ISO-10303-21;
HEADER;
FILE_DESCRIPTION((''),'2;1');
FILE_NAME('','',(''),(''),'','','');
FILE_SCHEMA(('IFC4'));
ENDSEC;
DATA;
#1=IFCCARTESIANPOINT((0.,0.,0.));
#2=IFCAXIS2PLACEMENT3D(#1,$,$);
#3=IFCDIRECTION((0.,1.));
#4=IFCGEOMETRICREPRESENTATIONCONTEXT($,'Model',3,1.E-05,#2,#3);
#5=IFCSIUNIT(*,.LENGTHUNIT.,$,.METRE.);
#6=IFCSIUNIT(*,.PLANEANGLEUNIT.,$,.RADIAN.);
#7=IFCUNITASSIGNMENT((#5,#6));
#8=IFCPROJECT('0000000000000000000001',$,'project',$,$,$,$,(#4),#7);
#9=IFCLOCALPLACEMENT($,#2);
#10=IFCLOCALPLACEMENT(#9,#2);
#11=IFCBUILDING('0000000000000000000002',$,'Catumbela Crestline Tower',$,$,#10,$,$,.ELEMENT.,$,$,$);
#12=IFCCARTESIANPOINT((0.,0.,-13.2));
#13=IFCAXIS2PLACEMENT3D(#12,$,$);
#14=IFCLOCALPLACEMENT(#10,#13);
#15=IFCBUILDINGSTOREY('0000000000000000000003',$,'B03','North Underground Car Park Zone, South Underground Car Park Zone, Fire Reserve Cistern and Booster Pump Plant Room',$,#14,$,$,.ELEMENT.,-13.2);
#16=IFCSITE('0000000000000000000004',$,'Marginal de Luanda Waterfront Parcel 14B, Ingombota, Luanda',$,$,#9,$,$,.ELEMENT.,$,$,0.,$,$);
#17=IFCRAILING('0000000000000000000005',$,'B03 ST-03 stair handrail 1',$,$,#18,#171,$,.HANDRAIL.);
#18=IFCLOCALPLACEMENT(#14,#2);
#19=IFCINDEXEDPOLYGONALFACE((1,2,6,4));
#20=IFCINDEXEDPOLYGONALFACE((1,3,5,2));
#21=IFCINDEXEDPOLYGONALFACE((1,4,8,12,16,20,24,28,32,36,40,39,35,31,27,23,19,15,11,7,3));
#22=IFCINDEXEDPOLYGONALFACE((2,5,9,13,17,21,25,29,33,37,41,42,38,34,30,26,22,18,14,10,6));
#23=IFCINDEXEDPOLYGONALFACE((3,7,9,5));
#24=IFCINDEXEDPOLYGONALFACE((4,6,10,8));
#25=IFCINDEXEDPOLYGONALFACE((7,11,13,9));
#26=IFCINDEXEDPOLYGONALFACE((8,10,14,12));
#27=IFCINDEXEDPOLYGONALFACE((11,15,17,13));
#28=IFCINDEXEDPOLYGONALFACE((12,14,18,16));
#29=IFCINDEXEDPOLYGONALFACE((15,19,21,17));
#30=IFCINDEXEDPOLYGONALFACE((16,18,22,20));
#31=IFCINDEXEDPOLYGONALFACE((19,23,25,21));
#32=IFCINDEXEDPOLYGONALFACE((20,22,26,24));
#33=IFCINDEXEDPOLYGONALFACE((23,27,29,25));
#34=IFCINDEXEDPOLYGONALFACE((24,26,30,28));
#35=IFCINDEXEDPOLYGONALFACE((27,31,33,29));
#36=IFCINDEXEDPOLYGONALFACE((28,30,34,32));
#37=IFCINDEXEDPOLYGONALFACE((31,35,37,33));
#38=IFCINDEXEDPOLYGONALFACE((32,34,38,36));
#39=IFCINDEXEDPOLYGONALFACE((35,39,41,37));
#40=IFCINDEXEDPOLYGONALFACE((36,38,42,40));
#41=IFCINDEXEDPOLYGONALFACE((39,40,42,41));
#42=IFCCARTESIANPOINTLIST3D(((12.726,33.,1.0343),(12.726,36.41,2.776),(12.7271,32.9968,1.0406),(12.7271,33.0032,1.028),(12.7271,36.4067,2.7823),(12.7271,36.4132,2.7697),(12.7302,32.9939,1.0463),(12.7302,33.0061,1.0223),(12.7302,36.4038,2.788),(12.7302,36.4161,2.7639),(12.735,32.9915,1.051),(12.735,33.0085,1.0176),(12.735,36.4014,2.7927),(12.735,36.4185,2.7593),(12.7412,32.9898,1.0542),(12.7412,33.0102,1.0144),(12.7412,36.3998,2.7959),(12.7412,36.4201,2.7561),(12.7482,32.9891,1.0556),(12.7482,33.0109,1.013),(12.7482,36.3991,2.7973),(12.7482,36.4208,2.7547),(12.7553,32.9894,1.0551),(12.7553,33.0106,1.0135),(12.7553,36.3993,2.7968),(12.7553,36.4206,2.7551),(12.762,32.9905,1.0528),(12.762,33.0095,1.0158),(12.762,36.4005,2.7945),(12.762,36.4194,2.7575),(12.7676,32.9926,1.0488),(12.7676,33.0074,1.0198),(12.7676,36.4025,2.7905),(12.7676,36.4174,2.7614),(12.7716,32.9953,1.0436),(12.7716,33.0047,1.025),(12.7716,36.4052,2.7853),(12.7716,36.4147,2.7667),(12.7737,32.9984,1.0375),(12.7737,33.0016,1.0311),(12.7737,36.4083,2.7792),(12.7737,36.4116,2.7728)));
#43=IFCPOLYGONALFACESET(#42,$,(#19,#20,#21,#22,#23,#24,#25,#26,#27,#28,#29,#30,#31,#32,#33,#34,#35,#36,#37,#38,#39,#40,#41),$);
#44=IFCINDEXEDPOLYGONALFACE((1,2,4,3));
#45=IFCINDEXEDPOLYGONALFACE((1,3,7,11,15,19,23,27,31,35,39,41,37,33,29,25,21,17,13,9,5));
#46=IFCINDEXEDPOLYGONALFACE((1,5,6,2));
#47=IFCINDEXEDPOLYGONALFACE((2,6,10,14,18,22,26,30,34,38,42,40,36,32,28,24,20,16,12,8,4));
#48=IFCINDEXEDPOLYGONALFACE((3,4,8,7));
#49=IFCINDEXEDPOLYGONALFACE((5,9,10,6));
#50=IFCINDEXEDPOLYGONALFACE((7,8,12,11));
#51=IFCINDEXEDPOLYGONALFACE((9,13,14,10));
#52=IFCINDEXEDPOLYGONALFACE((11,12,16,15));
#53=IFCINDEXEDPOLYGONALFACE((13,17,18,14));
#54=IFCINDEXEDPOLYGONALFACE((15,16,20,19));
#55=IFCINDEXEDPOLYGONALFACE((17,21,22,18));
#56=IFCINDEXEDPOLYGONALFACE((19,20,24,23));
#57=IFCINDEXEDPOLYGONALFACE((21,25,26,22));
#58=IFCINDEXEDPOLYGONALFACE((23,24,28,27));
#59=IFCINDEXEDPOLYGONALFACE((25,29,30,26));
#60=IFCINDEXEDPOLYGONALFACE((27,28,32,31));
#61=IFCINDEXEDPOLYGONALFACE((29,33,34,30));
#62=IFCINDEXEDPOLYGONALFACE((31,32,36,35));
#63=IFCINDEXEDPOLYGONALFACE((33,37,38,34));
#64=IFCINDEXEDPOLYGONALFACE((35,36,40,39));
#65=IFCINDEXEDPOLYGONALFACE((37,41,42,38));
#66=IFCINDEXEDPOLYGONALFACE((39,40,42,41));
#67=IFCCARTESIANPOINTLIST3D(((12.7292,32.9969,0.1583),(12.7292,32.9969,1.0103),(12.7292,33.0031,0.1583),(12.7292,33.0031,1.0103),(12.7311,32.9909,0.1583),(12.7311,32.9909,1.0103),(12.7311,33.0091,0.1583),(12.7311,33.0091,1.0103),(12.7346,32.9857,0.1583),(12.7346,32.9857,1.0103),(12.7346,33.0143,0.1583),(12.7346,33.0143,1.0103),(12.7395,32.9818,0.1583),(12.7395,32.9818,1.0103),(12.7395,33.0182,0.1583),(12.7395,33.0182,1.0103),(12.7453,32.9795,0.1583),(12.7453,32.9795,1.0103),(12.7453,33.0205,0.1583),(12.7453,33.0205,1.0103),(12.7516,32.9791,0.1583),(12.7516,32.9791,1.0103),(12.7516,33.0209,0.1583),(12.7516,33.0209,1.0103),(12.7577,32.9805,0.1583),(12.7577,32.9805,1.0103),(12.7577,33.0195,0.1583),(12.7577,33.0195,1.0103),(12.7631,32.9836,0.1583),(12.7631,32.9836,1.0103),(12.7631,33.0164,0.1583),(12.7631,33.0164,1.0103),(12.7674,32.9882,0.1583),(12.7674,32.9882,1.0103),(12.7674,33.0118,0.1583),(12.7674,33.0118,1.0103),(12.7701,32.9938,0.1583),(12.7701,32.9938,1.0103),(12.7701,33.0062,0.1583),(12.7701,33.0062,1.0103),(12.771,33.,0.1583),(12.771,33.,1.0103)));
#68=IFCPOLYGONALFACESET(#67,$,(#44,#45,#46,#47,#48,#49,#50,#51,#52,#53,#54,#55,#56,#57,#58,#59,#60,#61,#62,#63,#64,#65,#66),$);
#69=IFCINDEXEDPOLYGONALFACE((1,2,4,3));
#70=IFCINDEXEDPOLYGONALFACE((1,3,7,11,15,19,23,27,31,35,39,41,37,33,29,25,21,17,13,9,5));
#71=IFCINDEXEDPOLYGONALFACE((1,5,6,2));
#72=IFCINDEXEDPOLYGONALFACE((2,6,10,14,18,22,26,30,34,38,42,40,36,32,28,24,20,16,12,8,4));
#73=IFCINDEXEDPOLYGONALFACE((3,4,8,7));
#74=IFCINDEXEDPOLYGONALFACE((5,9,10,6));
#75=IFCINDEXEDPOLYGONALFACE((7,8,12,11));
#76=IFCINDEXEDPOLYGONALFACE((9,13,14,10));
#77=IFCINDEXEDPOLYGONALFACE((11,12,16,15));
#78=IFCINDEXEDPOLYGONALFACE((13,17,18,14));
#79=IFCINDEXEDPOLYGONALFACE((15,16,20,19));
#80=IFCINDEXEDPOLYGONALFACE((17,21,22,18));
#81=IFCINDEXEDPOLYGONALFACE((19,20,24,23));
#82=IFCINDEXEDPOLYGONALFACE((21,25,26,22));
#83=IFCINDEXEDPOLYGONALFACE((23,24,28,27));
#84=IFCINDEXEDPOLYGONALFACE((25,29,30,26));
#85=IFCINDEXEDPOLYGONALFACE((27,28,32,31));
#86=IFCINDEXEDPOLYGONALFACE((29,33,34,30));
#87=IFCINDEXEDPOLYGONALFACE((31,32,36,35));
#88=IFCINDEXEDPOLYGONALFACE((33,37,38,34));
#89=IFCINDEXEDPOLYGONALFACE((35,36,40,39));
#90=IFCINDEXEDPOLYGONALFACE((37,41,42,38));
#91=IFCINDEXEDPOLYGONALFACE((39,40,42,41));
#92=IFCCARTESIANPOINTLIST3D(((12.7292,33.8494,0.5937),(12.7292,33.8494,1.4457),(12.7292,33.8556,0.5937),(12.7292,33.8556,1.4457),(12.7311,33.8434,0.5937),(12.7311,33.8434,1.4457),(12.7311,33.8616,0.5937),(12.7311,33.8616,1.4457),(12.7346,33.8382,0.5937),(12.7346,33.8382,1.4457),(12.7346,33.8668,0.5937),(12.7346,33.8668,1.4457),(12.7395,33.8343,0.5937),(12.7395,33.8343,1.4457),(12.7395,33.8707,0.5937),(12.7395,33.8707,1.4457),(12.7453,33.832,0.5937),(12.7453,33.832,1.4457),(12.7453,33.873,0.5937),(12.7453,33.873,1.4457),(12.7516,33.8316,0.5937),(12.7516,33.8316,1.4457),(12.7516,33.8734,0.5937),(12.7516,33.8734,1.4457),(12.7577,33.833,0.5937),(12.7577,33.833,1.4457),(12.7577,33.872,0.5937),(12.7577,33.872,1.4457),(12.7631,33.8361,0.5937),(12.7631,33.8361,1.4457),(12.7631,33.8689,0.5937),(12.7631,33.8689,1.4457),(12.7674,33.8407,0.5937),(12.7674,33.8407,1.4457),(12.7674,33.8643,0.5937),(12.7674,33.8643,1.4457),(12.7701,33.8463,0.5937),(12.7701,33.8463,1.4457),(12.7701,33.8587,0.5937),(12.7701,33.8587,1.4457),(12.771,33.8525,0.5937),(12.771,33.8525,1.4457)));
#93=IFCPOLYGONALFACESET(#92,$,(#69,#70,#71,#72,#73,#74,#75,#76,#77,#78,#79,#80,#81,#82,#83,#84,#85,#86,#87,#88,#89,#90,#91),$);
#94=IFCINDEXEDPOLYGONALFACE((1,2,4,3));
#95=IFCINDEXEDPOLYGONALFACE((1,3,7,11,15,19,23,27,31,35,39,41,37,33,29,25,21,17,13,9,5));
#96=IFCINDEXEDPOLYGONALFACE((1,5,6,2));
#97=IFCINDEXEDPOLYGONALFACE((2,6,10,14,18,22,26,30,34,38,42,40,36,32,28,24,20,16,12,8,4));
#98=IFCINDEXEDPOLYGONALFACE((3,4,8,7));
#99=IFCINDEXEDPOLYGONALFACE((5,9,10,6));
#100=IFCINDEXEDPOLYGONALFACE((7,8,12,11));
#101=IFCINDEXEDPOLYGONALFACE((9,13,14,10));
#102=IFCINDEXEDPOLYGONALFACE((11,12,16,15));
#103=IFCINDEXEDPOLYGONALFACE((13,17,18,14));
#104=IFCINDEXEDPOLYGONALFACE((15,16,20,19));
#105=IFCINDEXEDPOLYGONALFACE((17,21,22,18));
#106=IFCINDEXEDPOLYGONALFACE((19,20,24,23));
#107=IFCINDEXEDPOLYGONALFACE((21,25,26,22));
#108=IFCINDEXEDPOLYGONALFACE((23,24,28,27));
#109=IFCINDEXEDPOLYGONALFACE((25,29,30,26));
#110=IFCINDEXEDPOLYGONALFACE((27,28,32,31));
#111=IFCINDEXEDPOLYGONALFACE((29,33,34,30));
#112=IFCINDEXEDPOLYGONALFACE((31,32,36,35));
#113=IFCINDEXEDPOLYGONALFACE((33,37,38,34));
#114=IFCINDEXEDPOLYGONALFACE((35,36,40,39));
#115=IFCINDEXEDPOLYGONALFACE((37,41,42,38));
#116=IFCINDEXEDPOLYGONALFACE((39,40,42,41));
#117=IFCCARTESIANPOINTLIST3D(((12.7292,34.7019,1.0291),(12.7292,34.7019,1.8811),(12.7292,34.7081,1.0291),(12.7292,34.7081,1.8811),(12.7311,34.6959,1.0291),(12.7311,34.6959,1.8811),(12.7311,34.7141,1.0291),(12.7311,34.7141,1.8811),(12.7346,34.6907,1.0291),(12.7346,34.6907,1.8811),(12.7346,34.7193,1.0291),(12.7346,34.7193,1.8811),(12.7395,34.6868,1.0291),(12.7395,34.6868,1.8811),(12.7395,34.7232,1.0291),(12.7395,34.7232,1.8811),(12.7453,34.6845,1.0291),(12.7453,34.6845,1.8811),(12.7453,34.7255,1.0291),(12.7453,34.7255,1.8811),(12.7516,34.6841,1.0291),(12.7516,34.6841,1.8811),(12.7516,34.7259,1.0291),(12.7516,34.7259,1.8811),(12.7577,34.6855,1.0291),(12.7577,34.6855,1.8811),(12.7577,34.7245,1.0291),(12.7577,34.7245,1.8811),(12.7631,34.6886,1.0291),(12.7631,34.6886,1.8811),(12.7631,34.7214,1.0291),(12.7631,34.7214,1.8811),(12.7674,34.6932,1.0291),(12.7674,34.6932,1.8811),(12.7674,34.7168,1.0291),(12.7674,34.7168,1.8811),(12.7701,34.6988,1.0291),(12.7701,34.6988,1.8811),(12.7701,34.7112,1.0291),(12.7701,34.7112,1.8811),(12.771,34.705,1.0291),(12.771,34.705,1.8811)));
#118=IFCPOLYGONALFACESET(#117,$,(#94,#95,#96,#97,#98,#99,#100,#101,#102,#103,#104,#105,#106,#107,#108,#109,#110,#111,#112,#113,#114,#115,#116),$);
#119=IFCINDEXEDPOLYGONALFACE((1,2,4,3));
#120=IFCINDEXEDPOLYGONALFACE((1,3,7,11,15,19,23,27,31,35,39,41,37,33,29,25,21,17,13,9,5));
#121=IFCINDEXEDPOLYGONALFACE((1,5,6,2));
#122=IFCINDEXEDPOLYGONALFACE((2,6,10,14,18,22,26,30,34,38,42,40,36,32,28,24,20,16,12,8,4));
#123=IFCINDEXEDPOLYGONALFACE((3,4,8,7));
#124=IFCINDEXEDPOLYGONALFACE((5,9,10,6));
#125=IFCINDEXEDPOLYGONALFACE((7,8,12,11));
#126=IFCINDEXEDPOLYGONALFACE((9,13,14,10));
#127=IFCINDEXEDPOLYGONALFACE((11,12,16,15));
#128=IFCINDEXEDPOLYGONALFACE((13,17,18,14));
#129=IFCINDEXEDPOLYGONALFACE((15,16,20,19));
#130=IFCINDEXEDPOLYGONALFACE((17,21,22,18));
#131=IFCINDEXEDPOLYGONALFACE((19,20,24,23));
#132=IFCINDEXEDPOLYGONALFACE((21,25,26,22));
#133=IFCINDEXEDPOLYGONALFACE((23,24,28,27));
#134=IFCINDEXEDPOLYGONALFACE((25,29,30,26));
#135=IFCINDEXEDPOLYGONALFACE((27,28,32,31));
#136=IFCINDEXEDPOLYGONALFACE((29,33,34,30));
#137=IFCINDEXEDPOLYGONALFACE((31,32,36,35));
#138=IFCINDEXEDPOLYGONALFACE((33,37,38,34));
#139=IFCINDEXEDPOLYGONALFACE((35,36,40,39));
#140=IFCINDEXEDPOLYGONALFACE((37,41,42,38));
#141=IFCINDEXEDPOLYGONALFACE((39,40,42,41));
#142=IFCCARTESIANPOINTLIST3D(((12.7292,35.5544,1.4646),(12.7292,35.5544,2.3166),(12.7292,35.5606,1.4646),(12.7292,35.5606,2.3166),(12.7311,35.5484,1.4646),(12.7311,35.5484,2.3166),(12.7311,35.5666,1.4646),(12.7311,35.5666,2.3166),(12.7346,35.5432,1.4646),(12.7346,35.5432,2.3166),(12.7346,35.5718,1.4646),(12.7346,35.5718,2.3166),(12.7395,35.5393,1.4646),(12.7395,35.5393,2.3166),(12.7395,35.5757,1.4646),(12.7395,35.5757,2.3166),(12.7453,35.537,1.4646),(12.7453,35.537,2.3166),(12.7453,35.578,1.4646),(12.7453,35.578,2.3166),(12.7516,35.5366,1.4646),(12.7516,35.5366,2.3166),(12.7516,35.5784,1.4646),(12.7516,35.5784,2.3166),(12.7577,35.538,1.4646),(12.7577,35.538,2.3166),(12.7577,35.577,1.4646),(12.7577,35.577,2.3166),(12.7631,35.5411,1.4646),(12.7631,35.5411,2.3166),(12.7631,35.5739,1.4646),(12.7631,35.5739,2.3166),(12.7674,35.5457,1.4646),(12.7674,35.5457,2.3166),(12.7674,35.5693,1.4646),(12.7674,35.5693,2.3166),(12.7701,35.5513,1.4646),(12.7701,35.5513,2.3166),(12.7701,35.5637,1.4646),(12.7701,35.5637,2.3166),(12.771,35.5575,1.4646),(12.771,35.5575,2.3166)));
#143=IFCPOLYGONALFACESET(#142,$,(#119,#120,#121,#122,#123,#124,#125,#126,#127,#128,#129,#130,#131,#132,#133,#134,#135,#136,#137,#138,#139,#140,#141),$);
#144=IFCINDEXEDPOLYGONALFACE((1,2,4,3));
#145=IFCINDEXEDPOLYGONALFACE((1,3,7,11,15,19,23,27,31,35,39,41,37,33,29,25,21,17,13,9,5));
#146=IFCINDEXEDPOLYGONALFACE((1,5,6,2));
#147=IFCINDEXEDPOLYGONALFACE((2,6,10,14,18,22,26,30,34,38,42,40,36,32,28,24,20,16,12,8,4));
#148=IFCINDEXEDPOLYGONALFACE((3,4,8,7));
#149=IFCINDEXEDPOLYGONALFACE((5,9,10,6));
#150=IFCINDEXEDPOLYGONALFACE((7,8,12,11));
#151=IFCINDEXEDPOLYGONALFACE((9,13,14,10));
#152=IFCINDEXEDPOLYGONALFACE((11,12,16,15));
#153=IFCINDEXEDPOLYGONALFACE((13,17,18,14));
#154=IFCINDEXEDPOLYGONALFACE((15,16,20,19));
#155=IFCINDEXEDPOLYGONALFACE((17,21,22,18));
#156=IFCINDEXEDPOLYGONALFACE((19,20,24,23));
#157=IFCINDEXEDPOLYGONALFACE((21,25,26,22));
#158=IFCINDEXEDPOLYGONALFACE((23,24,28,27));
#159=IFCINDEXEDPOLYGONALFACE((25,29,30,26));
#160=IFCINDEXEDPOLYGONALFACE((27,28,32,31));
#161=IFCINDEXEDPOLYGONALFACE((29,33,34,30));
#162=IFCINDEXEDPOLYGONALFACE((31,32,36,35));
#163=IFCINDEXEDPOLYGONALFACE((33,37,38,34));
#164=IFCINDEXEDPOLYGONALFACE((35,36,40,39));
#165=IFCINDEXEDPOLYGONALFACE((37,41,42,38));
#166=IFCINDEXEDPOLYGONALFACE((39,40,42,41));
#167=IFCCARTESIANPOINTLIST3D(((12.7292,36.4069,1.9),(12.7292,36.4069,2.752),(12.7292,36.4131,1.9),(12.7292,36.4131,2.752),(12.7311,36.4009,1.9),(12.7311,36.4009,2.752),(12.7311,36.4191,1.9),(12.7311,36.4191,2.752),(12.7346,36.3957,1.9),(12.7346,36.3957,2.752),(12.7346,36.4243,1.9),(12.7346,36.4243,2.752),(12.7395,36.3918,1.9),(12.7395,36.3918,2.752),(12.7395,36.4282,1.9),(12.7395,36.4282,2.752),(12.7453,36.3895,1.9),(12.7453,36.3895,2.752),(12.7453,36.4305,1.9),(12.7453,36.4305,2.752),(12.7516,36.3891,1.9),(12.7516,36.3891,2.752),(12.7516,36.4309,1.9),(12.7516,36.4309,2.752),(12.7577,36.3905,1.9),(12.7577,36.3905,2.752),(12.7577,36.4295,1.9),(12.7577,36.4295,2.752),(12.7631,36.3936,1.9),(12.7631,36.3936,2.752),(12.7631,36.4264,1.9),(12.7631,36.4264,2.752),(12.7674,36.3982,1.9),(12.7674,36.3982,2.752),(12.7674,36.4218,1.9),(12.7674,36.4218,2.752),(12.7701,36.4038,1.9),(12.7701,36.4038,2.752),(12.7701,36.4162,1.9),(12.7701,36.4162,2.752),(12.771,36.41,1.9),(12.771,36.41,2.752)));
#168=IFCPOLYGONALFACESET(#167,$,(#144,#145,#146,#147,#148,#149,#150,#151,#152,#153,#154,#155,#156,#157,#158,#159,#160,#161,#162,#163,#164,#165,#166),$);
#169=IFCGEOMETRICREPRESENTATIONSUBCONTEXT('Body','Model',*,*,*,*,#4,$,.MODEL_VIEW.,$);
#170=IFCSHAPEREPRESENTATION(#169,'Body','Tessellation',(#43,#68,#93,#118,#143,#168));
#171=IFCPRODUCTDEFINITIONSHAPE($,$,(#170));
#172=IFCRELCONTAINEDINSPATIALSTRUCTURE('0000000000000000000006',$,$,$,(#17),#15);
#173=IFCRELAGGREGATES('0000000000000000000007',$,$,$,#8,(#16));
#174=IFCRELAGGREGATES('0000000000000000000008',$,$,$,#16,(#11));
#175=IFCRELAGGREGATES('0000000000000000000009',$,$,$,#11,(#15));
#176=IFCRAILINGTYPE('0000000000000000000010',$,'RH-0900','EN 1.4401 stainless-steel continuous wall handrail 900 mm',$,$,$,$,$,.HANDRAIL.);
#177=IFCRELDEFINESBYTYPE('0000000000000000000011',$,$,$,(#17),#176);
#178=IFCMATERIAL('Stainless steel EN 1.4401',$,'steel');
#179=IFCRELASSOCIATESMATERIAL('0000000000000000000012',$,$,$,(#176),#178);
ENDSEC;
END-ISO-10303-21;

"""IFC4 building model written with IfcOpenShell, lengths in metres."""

from ifc_helpers import new_model, si_unit, direction, frame, origin, origin_2d, place, context, subcontext, project, spatial, circle, extrude, material, type_object, element, save


model = new_model("IFC4")

# Units and contexts
model_context = context("Model", 3, precision=1e-05, world=origin(), true_north=direction((0.0, 1.0)))
body_context = subcontext(model_context, "Body", "Model", "MODEL_VIEW")
ifc_project = project(units=[si_unit("LENGTHUNIT", "METRE"), si_unit("PLANEANGLEUNIT", "RADIAN")], contexts=[model_context])

# Site, building, storey
site_placement = place(None, origin())
site = spatial("IfcSite", under=ifc_project, at=site_placement, Name="Marginal de Luanda Waterfront Parcel 14B, Ingombota, Luanda", CompositionType="ELEMENT", RefElevation=0.0)
building_placement = place(site_placement, origin())
building = spatial("IfcBuilding", under=site, at=building_placement, Name="Catumbela Crestline Tower", CompositionType="ELEMENT")
storey_placement = place(building_placement, frame((0.0, 0.0, -13.2)))
storey = spatial("IfcBuildingStorey", under=building, at=storey_placement, Name="B03", Description="North Underground Car Park Zone, South Underground Car Park Zone, Fire Reserve Cistern and Booster Pump Plant Room", CompositionType="ELEMENT", Elevation=-13.2)

# Shared definitions
ifc_material_1 = material(Name="Stainless steel EN 1.4401", Category="steel")

# Railing
railing_type_1 = type_object("IfcRailingType", Name="RH-0900", Description="EN 1.4401 stainless-steel continuous wall handrail 900 mm", PredefinedType="HANDRAIL", material=ifc_material_1)
railing_1_placement = place(storey_placement, frame((12.75, 33.0, 0.1583)))
element("IfcRailing", 1, at=railing_1_placement, inside=storey, type_object=railing_type_1, Name="B03 ST-03 stair handrail 1", PredefinedType="HANDRAIL", context=body_context, shape_type="SweptSolid", body=[
    extrude(circle(Radius=0.024, at=origin_2d()), frame((0.0, 0.0, 0.876), z_axis=(0.0, 0.89056, 0.454865), x_axis=(-1.0, 0.0, 0.0)), (0.0, 0.0, 1.0), 3.829),
    extrude(circle(Radius=0.021, at=origin_2d()), origin(), (0.0, 0.0, 1.0), 0.852),
    extrude(circle(Radius=0.021, at=origin_2d()), frame((0.0, 0.8525, 0.4354)), (0.0, 0.0, 1.0), 0.852),
    extrude(circle(Radius=0.021, at=origin_2d()), frame((0.0, 1.705, 0.8708)), (0.0, 0.0, 1.0), 0.852),
    extrude(circle(Radius=0.021, at=origin_2d()), frame((0.0, 2.5575, 1.3063)), (0.0, 0.0, 1.0), 0.852),
    extrude(circle(Radius=0.021, at=origin_2d()), frame((0.0, 3.41, 1.7417)), (0.0, 0.0, 1.0), 0.852),
])

save(model, "model.ifc")
